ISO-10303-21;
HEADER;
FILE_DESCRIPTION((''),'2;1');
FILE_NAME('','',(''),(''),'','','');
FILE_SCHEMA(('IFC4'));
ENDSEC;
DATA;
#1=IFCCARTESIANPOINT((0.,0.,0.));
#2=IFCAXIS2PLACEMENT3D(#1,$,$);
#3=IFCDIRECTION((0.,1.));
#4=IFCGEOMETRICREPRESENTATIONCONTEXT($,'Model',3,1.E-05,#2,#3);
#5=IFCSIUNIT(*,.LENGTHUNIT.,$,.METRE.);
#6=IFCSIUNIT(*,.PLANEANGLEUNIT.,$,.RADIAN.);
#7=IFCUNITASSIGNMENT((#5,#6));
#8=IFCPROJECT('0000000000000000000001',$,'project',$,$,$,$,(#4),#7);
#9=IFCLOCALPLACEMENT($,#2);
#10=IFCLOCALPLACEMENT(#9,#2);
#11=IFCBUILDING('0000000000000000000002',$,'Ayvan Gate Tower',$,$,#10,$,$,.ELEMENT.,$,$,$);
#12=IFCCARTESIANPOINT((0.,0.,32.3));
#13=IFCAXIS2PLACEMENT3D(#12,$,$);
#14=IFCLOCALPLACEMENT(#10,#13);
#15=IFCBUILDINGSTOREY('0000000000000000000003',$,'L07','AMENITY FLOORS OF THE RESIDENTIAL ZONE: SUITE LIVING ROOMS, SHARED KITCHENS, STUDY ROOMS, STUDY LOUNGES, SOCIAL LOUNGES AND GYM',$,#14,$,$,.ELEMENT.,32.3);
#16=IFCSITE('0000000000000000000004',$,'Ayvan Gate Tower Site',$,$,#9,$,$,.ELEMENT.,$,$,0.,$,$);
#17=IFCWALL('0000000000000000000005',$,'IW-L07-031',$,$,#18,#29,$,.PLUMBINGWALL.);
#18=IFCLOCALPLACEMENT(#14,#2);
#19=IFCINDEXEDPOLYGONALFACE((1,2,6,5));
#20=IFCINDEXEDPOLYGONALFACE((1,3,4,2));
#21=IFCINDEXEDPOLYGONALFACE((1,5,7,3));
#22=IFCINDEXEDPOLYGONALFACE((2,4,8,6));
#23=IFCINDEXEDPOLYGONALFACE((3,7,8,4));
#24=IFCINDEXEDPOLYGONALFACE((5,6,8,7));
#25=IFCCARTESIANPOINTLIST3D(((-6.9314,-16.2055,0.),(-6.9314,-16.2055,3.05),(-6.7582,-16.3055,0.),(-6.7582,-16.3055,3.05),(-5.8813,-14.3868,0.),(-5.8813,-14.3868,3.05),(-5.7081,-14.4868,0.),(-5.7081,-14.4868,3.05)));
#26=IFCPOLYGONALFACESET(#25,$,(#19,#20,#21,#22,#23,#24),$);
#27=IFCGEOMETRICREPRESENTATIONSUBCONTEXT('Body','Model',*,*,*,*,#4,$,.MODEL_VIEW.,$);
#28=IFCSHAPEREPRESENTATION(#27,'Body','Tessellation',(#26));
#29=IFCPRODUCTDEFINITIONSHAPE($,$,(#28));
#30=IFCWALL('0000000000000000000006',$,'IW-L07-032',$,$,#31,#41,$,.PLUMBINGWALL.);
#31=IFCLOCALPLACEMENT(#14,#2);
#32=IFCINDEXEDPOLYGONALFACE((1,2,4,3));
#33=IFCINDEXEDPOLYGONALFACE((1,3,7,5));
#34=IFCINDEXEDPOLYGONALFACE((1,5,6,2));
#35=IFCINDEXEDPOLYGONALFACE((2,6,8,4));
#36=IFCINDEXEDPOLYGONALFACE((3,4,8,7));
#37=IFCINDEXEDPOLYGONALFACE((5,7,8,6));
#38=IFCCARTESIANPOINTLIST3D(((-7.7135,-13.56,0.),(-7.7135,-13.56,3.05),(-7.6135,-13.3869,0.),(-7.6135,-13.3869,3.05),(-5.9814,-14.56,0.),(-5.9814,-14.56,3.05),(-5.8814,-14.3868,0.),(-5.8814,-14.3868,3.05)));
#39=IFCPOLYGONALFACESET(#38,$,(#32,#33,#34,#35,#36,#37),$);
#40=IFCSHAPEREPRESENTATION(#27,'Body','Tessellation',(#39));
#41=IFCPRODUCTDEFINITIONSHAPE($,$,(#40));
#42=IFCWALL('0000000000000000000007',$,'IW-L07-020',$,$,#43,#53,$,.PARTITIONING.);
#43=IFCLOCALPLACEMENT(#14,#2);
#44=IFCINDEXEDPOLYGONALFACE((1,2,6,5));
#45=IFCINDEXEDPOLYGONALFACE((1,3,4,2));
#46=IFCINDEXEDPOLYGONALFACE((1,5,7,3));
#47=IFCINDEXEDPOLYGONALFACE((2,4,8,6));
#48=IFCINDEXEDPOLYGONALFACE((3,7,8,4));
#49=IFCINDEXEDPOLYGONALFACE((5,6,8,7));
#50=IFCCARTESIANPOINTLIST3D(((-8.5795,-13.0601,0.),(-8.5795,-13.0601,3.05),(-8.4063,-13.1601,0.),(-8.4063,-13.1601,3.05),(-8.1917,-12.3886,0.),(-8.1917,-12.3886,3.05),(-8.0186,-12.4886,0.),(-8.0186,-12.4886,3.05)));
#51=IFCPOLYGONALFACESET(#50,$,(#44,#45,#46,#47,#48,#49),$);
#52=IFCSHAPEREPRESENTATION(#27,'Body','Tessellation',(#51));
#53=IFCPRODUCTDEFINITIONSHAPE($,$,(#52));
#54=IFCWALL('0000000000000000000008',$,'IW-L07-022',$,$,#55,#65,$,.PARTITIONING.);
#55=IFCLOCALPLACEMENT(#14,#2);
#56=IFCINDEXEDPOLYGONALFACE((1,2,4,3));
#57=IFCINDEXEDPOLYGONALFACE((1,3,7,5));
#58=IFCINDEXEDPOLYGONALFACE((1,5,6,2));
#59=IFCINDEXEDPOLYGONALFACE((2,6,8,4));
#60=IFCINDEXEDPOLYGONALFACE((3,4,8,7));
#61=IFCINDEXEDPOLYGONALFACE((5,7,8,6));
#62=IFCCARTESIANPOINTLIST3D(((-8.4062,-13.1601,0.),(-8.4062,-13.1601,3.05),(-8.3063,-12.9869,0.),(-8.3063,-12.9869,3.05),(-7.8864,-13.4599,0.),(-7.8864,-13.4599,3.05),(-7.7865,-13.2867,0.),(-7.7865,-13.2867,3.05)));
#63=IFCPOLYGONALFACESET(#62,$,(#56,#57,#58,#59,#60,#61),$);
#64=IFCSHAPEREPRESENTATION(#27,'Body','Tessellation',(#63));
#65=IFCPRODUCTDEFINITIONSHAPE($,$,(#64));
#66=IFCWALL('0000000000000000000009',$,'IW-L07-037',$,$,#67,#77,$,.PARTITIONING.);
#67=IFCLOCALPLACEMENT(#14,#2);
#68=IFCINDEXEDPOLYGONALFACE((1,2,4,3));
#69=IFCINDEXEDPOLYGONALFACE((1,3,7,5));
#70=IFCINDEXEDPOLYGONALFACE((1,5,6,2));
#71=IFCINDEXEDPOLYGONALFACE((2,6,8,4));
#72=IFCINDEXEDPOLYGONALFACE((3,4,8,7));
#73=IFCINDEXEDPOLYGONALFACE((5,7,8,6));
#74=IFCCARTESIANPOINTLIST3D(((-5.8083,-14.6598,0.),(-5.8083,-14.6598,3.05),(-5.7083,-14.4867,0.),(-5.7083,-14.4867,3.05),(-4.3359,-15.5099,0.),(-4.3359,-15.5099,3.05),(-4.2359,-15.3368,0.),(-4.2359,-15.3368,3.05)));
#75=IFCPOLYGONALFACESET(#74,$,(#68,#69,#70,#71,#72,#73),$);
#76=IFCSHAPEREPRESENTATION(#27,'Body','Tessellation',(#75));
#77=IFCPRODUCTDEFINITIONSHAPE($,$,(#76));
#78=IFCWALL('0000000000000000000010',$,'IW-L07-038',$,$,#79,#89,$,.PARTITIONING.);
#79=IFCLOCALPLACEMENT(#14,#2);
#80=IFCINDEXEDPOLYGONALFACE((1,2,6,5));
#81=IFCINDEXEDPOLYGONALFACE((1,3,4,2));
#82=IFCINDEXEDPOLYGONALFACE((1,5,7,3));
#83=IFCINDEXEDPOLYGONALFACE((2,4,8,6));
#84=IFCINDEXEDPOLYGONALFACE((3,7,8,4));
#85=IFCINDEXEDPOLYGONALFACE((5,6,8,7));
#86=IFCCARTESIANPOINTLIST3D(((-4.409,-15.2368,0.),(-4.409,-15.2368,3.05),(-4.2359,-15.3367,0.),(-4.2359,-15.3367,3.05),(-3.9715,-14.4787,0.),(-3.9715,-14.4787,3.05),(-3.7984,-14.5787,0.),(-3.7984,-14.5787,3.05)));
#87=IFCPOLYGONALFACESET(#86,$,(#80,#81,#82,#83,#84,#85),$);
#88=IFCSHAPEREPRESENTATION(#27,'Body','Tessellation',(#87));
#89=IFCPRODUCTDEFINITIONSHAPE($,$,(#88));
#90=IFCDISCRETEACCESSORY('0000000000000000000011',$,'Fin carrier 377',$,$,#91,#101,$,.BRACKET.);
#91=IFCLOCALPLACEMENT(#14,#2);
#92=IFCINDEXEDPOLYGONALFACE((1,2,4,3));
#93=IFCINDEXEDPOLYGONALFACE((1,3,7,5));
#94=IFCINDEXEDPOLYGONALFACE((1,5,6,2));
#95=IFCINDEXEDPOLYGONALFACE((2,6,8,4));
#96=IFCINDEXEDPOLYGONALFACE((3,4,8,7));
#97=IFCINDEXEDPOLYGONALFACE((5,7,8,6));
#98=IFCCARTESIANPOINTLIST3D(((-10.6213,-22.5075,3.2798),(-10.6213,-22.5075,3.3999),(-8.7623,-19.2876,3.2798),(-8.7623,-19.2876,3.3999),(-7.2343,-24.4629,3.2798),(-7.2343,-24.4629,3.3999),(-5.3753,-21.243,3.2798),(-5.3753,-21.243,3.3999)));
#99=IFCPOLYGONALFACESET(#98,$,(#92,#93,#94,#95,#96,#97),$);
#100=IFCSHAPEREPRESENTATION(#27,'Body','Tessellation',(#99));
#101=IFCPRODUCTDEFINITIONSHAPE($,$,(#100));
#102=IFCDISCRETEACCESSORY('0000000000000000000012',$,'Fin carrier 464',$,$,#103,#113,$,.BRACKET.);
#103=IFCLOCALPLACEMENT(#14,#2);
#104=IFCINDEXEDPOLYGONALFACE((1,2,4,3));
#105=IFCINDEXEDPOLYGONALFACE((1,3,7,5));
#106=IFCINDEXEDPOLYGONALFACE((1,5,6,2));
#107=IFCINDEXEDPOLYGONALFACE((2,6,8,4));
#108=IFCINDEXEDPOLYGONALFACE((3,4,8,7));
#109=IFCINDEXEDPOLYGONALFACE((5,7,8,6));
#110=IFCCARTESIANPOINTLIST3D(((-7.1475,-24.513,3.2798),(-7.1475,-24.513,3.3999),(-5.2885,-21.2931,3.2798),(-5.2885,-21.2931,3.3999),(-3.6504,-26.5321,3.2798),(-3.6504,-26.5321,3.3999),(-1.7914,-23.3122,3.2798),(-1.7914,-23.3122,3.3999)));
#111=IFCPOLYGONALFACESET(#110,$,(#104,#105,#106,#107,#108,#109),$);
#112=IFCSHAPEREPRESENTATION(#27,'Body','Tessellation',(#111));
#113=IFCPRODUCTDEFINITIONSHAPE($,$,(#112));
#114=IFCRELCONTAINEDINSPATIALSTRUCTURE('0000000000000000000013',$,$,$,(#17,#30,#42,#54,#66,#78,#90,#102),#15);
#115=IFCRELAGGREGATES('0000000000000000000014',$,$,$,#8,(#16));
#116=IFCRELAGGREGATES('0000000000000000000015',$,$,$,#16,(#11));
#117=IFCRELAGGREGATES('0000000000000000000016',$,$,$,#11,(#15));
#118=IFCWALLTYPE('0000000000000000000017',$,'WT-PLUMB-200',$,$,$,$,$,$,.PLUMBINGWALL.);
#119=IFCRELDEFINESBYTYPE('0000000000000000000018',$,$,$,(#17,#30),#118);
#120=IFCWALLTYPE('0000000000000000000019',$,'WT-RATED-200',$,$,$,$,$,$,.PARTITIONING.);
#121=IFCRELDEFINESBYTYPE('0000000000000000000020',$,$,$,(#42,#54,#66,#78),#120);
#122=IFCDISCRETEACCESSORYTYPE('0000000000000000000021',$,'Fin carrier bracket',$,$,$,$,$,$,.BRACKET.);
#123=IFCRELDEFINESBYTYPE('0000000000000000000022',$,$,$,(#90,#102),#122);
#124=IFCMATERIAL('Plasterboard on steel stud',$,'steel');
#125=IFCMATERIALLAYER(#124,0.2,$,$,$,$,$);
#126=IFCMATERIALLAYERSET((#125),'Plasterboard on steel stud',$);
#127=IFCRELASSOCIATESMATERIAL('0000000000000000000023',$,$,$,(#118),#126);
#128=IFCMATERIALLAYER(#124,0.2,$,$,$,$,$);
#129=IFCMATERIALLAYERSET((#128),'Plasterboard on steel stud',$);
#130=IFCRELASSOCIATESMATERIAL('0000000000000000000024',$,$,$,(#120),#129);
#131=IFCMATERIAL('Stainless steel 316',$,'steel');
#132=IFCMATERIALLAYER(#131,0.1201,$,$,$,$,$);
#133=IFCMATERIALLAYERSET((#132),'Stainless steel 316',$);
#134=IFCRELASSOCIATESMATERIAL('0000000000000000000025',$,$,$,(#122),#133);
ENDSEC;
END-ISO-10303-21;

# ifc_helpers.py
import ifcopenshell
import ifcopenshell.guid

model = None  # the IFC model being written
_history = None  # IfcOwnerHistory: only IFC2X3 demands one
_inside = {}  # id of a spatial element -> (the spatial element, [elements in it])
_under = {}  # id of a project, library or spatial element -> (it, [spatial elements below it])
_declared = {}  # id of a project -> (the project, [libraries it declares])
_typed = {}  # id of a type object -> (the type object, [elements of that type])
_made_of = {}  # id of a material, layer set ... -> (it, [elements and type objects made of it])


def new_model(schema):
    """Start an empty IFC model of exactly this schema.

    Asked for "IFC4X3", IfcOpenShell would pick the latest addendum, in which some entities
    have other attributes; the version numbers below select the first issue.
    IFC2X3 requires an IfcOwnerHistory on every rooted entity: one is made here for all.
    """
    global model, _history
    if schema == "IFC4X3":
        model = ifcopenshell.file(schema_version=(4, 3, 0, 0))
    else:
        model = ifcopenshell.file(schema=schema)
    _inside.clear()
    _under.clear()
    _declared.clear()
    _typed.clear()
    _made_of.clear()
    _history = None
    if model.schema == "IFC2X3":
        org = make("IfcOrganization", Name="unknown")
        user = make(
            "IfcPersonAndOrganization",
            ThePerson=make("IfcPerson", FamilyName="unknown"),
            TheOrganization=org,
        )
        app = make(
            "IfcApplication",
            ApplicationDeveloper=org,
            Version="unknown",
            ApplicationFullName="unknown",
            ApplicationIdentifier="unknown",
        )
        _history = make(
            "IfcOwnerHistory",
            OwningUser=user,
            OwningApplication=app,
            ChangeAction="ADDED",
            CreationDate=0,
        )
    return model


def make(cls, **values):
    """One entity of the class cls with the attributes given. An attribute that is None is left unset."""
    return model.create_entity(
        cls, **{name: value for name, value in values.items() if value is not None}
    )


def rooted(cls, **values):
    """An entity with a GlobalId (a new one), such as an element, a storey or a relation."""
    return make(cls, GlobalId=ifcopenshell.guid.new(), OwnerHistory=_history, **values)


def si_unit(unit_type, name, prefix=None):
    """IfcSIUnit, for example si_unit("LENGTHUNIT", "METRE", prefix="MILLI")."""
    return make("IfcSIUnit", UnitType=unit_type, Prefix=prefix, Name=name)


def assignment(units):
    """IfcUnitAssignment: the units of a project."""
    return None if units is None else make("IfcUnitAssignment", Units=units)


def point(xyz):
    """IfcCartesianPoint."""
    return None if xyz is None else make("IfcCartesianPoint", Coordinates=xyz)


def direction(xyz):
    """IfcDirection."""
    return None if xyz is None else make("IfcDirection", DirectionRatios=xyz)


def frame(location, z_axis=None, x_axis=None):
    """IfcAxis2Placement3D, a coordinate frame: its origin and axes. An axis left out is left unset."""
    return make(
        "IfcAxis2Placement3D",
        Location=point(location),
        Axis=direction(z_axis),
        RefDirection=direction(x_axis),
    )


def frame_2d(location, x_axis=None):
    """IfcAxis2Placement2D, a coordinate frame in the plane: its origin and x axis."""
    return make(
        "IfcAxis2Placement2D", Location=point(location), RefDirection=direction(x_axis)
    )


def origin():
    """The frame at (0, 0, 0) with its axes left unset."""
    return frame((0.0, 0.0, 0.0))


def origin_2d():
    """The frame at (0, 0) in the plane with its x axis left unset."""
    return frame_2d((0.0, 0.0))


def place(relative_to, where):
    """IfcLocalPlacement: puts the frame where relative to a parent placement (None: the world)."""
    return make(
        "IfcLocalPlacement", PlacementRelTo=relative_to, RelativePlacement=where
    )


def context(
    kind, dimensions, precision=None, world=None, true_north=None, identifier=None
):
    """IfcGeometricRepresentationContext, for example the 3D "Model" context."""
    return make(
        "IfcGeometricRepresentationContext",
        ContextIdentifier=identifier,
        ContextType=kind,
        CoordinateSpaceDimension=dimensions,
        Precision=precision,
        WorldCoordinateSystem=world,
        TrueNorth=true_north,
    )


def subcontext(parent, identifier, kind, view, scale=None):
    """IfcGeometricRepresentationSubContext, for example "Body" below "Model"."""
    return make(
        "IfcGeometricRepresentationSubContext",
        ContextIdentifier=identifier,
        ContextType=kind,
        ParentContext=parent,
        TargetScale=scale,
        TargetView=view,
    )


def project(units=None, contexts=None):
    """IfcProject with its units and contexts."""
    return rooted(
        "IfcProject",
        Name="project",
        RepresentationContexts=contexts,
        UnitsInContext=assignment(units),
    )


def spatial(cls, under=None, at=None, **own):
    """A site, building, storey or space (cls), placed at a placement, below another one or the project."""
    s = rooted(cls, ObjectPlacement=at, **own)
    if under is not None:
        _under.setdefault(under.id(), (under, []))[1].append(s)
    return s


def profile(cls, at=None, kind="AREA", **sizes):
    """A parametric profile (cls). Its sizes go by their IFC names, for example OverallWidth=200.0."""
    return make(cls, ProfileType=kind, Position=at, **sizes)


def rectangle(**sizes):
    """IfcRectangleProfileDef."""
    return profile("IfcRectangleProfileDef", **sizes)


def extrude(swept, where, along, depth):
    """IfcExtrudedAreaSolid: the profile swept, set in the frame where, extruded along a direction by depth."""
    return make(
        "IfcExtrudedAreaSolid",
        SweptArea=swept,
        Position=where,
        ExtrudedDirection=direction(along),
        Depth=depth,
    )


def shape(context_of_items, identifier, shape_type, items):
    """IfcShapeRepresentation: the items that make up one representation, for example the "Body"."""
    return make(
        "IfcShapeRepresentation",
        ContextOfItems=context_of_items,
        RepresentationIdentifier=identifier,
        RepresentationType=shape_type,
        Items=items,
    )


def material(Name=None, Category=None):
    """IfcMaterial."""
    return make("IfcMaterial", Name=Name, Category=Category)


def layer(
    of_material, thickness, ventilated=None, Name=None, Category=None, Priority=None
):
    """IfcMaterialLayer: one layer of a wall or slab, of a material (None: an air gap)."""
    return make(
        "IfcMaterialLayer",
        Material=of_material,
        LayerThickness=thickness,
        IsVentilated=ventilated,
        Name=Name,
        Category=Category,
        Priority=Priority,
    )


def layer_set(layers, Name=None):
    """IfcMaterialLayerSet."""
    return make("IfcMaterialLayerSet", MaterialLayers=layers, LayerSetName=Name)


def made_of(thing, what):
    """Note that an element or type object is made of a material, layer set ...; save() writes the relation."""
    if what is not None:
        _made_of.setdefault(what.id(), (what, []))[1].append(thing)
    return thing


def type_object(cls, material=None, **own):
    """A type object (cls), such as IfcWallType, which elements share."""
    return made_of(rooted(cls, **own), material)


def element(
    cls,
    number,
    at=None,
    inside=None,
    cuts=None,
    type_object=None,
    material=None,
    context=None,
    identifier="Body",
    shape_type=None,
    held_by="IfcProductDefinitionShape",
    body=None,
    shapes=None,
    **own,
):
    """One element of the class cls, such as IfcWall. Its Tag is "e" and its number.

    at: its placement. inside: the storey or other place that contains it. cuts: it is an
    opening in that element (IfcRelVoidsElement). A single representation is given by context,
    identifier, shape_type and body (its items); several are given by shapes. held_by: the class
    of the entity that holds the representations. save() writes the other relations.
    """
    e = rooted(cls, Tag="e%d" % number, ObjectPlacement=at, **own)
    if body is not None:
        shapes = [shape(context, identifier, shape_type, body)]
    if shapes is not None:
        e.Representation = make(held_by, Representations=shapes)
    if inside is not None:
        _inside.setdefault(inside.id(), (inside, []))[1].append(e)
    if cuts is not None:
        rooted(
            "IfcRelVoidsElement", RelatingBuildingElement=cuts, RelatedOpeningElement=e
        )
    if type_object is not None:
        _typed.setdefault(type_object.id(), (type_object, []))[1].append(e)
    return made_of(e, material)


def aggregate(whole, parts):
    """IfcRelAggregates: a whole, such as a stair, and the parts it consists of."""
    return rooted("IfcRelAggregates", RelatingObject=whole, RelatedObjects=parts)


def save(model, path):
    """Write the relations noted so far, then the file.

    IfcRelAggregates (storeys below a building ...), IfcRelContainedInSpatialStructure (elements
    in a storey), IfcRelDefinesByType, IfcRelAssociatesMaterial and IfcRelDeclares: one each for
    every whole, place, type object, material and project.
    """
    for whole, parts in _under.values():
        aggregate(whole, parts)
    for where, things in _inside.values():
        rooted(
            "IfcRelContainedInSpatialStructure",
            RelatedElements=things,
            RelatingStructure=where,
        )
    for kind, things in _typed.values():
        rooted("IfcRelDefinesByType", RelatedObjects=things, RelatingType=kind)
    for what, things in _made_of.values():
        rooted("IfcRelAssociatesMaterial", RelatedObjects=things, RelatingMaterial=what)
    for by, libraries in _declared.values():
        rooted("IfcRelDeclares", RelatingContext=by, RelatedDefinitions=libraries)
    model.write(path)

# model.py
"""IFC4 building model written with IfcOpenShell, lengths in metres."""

from ifc_helpers import new_model, si_unit, direction, frame, frame_2d, origin, origin_2d, place, context, subcontext, project, spatial, rectangle, extrude, material, layer, layer_set, type_object, element, save


model = new_model("IFC4")

# Units and contexts
model_context = context("Model", 3, precision=1e-05, world=origin(), true_north=direction((0.0, 1.0)))
body_context = subcontext(model_context, "Body", "Model", "MODEL_VIEW")
ifc_project = project(units=[si_unit("LENGTHUNIT", "METRE"), si_unit("PLANEANGLEUNIT", "RADIAN")], contexts=[model_context])

# Site, building, storey
site_placement = place(None, origin())
site = spatial("IfcSite", under=ifc_project, at=site_placement, Name="Ayvan Gate Tower Site", CompositionType="ELEMENT", RefElevation=0.0)
building_placement = place(site_placement, origin())
building = spatial("IfcBuilding", under=site, at=building_placement, Name="Ayvan Gate Tower", CompositionType="ELEMENT")
storey_placement = place(building_placement, frame((0.0, 0.0, 32.3)))
storey = spatial("IfcBuildingStorey", under=building, at=storey_placement, Name="L07", Description="AMENITY FLOORS OF THE RESIDENTIAL ZONE: SUITE LIVING ROOMS, SHARED KITCHENS, STUDY ROOMS, STUDY LOUNGES, SOCIAL LOUNGES AND GYM", CompositionType="ELEMENT", Elevation=32.3)

# Walls
ifc_material_1 = material(Name="Plasterboard on steel stud", Category="steel")
ifc_layer_1 = layer(ifc_material_1, 0.2)
ifc_layer_set_1 = layer_set([ifc_layer_1], Name="Plasterboard on steel stud")
wall_type_1 = type_object("IfcWallType", Name="WT-PLUMB-200", PredefinedType="PLUMBINGWALL", material=ifc_layer_set_1)
wall_1_placement = place(storey_placement, frame((-5.7947, -14.4368, 0.0), z_axis=(0.0, 0.0, 1.0), x_axis=(-0.500028, -0.866009, 0.0)))
element("IfcWall", 1, at=wall_1_placement, inside=storey, type_object=wall_type_1, Name="IW-L07-031", PredefinedType="PLUMBINGWALL", context=body_context, shape_type="SweptSolid", body=[
    extrude(rectangle(XDim=2.1001, YDim=0.2, at=frame_2d((1.05, 0.0))), origin(), (0.0, 0.0, 1.0), 3.05),
])
wall_2_placement = place(storey_placement, frame((-5.9314, -14.4734, 0.0), z_axis=(0.0, 0.0, 1.0), x_axis=(-0.866041, 0.499973, 0.0)))
element("IfcWall", 2, at=wall_2_placement, inside=storey, type_object=wall_type_1, Name="IW-L07-032", PredefinedType="PLUMBINGWALL", context=body_context, shape_type="SweptSolid", body=[
    extrude(rectangle(XDim=2.0, YDim=0.2, at=frame_2d((1.0, 0.0))), origin(), (0.0, 0.0, 1.0), 3.05),
])
ifc_layer_2 = layer(ifc_material_1, 0.2)
ifc_layer_set_2 = layer_set([ifc_layer_2], Name="Plasterboard on steel stud")
wall_type_2 = type_object("IfcWallType", Name="WT-RATED-200", PredefinedType="PARTITIONING", material=ifc_layer_set_2)
wall_3_placement = place(storey_placement, frame((-8.4929, -13.1101, 0.0), z_axis=(0.0, 0.0, 1.0), x_axis=(0.500068, 0.865986, 0.0)))
element("IfcWall", 3, at=wall_3_placement, inside=storey, type_object=wall_type_2, Name="IW-L07-020", PredefinedType="PARTITIONING", context=body_context, shape_type="SweptSolid", body=[
    extrude(rectangle(XDim=0.7754, YDim=0.2, at=frame_2d((0.3877, 0.0))), origin(), (0.0, 0.0, 1.0), 3.05),
])
wall_4_placement = place(storey_placement, frame((-7.8364, -13.3733, 0.0), z_axis=(0.0, 0.0, 1.0), x_axis=(-0.866233, 0.49964, 0.0)))
element("IfcWall", 4, at=wall_4_placement, inside=storey, type_object=wall_type_2, Name="IW-L07-022", PredefinedType="PARTITIONING", context=body_context, shape_type="SweptSolid", body=[
    extrude(rectangle(XDim=0.6001, YDim=0.2, at=frame_2d((0.3, 0.0))), origin(), (0.0, 0.0, 1.0), 3.05),
])
wall_5_placement = place(storey_placement, frame((-4.2859, -15.4233, 0.0), z_axis=(0.0, 0.0, 1.0), x_axis=(-0.866025, 0.5, 0.0)))
element("IfcWall", 5, at=wall_5_placement, inside=storey, type_object=wall_type_2, Name="IW-L07-037", PredefinedType="PARTITIONING", context=body_context, shape_type="SweptSolid", body=[
    extrude(rectangle(XDim=1.7002, YDim=0.2, at=frame_2d((0.8501, 0.0))), origin(), (0.0, 0.0, 1.0), 3.05),
])
wall_6_placement = place(storey_placement, frame((-3.885, -14.5288, 0.0), z_axis=(0.0, 0.0, 1.0), x_axis=(-0.499859, -0.866107, 0.0)))
element("IfcWall", 6, at=wall_6_placement, inside=storey, type_object=wall_type_2, Name="IW-L07-038", PredefinedType="PARTITIONING", context=body_context, shape_type="SweptSolid", body=[
    extrude(rectangle(XDim=0.8752, YDim=0.2, at=frame_2d((0.4375, 0.0))), origin(), (0.0, 0.0, 1.0), 3.05),
])

# Discrete accessories
ifc_material_2 = material(Name="Stainless steel 316", Category="steel")
ifc_layer_3 = layer(ifc_material_2, 0.1201)
ifc_layer_set_3 = layer_set([ifc_layer_3], Name="Stainless steel 316")
discrete_accessory_type = type_object("IfcDiscreteAccessoryType", Name="Fin carrier bracket", PredefinedType="BRACKET", material=ifc_layer_set_3)
discrete_accessory_1_placement = place(storey_placement, frame((-7.9983, -21.8752, 3.2798), z_axis=(0.0, 0.0, 1.0), x_axis=(0.866025, -0.5, 0.0)))
element("IfcDiscreteAccessory", 7, at=discrete_accessory_1_placement, inside=storey, type_object=discrete_accessory_type, Name="Fin carrier 377", PredefinedType="BRACKET", context=body_context, shape_type="SweptSolid", body=[
    extrude(rectangle(XDim=3.9109, YDim=3.718, at=origin_2d()), origin(), (0.0, 0.0, 1.0), 0.1201),
])
discrete_accessory_2_placement = place(storey_placement, frame((-4.4695, -23.9126, 3.2798), z_axis=(0.0, 0.0, 1.0), x_axis=(0.866025, -0.5, 0.0)))
element("IfcDiscreteAccessory", 8, at=discrete_accessory_2_placement, inside=storey, type_object=discrete_accessory_type, Name="Fin carrier 464", PredefinedType="BRACKET", context=body_context, shape_type="SweptSolid", body=[
    extrude(rectangle(XDim=4.0381, YDim=3.718, at=origin_2d()), origin(), (0.0, 0.0, 1.0), 0.1201),
])

save(model, "model.ifc")
